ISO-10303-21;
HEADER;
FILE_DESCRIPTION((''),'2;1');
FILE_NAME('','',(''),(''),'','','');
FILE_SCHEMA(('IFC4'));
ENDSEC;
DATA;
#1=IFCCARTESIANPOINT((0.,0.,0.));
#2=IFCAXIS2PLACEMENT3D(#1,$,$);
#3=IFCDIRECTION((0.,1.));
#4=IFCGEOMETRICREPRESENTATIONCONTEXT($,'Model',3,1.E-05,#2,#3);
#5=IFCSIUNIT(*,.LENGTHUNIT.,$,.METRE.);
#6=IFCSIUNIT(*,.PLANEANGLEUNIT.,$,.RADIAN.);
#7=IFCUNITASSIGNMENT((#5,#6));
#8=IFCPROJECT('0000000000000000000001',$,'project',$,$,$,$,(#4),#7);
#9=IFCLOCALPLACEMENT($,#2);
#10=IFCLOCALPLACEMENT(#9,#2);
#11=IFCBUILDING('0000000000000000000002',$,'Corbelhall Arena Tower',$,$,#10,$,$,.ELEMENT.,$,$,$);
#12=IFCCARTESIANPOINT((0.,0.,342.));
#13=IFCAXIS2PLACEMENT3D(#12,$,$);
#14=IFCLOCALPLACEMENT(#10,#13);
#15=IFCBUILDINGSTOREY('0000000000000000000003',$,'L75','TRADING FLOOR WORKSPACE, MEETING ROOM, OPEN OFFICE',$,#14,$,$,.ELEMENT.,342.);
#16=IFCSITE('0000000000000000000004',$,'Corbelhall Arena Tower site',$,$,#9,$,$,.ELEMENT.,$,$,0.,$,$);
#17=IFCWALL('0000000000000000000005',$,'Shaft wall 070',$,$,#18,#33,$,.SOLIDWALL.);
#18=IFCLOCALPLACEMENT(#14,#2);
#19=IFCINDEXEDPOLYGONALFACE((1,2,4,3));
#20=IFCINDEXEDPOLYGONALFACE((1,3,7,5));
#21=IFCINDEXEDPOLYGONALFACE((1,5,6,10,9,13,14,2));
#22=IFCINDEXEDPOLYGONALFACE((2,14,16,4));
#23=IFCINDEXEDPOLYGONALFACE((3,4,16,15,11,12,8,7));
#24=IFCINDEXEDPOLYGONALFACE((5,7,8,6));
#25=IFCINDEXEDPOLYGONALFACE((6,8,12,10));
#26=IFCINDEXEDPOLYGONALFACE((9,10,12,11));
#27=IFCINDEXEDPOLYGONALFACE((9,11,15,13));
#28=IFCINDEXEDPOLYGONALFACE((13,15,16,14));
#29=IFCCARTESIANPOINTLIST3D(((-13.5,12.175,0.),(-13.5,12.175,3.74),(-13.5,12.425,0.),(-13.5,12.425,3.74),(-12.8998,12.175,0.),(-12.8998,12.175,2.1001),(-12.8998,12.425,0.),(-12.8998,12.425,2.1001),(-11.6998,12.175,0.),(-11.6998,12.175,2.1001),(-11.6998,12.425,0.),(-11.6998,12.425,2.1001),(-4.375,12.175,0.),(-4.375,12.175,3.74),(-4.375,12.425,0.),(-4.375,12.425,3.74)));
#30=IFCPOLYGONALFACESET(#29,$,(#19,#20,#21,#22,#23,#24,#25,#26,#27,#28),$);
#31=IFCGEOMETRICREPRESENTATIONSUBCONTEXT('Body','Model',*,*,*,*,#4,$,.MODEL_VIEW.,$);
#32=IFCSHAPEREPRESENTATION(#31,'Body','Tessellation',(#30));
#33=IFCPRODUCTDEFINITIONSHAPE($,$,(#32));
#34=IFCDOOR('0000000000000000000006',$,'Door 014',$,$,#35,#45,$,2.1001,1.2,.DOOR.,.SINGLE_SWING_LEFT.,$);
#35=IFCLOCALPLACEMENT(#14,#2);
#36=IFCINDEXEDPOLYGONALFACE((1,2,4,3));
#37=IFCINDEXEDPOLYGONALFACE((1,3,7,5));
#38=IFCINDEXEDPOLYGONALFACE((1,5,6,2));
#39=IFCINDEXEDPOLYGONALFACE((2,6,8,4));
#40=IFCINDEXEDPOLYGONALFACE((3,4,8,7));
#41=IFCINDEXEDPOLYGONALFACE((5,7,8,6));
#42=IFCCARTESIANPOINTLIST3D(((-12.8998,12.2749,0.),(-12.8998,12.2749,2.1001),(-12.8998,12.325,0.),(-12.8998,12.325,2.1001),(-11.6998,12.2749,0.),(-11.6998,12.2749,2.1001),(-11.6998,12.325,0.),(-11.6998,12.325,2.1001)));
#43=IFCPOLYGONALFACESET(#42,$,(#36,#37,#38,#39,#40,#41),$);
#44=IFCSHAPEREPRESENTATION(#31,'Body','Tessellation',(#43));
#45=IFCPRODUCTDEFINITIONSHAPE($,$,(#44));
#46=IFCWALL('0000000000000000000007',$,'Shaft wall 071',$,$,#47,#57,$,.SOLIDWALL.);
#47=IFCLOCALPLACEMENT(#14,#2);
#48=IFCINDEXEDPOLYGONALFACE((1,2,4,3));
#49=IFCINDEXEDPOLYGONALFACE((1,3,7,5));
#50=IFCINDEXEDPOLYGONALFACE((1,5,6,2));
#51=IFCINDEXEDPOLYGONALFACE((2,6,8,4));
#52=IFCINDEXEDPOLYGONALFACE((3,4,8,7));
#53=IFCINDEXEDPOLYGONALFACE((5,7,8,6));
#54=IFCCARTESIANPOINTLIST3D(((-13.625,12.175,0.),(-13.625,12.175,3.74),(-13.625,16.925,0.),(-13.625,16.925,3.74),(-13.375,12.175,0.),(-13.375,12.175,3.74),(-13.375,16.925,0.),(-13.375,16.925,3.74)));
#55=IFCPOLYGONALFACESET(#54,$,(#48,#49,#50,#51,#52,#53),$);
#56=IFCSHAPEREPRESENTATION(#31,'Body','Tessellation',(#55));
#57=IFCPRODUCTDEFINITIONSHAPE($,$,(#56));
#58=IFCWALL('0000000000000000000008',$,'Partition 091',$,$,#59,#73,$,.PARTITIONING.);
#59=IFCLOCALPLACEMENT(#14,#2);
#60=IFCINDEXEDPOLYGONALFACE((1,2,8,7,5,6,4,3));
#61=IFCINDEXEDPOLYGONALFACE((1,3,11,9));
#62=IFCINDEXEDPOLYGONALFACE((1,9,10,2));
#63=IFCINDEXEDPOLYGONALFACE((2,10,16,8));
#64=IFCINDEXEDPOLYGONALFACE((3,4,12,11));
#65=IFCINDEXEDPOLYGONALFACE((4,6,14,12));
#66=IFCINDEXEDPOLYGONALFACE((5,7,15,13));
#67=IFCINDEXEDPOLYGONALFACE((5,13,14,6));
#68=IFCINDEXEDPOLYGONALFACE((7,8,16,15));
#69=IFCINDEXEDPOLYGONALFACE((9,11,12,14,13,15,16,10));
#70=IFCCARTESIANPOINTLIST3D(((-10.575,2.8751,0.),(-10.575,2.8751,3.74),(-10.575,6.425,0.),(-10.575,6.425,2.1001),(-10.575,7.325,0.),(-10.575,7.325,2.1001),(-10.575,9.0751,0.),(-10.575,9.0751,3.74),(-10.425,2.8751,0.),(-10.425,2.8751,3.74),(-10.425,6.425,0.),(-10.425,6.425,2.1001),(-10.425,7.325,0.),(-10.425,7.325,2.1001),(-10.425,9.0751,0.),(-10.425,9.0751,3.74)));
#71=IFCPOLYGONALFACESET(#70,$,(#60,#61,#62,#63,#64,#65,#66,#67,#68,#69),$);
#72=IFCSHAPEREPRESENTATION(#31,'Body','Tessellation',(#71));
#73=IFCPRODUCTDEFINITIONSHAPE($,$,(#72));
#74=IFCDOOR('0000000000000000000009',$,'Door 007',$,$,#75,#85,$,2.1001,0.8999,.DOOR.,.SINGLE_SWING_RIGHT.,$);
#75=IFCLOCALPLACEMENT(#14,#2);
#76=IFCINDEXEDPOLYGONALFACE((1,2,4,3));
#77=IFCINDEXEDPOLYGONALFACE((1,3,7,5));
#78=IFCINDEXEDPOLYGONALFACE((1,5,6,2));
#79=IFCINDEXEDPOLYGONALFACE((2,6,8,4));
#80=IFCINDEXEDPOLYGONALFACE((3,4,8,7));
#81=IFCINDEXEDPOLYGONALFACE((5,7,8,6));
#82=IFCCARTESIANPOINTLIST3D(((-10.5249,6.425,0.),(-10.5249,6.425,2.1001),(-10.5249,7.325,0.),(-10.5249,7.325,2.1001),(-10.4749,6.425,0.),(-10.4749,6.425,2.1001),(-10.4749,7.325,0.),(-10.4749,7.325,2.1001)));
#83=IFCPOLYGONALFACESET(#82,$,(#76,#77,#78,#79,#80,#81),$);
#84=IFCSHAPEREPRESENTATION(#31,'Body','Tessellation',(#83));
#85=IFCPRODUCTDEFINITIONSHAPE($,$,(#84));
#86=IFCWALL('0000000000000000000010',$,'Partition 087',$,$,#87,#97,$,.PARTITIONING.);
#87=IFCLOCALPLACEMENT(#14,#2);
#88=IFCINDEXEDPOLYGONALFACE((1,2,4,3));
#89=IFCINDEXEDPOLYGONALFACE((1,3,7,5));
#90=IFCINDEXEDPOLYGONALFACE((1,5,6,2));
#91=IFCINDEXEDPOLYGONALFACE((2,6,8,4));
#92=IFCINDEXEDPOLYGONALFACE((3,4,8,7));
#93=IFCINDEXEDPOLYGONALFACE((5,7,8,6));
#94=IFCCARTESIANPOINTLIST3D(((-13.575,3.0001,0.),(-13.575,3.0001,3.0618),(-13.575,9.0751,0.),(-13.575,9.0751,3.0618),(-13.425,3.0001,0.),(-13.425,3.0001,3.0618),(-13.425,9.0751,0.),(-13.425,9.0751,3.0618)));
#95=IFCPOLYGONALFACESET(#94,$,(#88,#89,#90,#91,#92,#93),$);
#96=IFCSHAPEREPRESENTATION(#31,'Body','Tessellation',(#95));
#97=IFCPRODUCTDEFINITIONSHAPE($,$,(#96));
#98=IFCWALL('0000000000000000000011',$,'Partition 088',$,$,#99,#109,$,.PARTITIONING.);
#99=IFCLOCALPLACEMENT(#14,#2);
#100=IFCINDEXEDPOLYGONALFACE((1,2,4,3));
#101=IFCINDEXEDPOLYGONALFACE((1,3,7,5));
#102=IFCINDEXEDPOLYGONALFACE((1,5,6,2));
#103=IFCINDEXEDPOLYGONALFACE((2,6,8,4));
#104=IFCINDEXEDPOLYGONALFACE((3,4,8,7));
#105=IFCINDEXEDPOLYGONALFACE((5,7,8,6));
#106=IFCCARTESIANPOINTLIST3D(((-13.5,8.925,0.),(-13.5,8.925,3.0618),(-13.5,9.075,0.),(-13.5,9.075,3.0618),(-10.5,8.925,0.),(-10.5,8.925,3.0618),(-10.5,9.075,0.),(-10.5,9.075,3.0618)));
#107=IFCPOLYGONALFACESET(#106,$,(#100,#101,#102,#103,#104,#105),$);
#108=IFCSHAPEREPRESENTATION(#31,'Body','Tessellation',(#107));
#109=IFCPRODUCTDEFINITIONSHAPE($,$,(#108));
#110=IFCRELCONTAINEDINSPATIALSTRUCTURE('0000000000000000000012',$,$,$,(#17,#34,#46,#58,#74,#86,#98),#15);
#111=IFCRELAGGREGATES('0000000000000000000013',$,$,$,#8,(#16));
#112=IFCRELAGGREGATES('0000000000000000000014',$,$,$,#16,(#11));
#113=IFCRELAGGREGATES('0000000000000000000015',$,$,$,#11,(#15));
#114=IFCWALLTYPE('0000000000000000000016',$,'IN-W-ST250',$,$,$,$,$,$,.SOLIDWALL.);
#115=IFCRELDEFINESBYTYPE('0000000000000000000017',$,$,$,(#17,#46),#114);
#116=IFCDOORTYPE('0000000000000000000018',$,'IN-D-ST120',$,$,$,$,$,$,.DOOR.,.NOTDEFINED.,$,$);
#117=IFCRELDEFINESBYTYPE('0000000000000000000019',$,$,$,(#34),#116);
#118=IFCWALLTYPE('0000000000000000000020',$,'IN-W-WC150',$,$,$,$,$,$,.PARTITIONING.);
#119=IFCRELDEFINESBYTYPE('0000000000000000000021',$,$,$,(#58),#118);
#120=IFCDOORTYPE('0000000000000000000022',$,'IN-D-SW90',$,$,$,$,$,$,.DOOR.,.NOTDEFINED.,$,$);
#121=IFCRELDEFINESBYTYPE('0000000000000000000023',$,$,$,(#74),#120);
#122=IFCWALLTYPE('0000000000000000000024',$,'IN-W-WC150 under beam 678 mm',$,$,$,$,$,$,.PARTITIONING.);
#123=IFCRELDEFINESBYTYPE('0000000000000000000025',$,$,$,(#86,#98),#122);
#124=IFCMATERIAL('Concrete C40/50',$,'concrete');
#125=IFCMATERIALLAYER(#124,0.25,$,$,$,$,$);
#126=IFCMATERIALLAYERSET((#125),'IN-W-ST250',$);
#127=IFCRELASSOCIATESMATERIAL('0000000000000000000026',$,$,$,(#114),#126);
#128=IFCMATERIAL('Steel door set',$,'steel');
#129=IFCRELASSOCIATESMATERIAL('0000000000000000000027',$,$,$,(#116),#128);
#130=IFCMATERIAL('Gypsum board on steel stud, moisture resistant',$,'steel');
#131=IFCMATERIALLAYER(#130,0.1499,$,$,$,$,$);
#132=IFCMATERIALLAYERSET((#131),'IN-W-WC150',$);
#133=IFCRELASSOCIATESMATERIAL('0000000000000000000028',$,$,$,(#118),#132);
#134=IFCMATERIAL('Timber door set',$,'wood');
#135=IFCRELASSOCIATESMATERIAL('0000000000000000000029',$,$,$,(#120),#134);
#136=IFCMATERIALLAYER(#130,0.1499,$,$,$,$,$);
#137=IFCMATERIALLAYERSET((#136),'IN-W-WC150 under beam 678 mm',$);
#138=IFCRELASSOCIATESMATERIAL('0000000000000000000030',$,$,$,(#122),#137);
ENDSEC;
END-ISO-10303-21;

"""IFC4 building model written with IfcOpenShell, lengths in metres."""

from ifc_helpers import new_model, si_unit, direction, frame, frame_2d, origin, place, context, subcontext, project, spatial, rectangle, extrude, material, layer, layer_set, type_object, element, fill, save


model = new_model("IFC4")

# Units and contexts
model_context = context("Model", 3, precision=1e-05, world=origin(), true_north=direction((0.0, 1.0)))
body_context = subcontext(model_context, "Body", "Model", "MODEL_VIEW")
ifc_project = project(units=[si_unit("LENGTHUNIT", "METRE"), si_unit("PLANEANGLEUNIT", "RADIAN")], contexts=[model_context])

# Site, building, storey
site_placement = place(None, origin())
site = spatial("IfcSite", under=ifc_project, at=site_placement, Name="Corbelhall Arena Tower site", CompositionType="ELEMENT", RefElevation=0.0)
building_placement = place(site_placement, origin())
building = spatial("IfcBuilding", under=site, at=building_placement, Name="Corbelhall Arena Tower", CompositionType="ELEMENT")
storey_placement = place(building_placement, frame((0.0, 0.0, 342.0)))
storey = spatial("IfcBuildingStorey", under=building, at=storey_placement, Name="L75", Description="TRADING FLOOR WORKSPACE, MEETING ROOM, OPEN OFFICE", CompositionType="ELEMENT", Elevation=342.0)

# Shared definitions
ifc_material_1 = material(Name="Steel door set", Category="steel")

# Shared definitions
ifc_material_2 = material(Name="Concrete C40/50", Category="concrete")

# Wall, opening, door
ifc_layer_1 = layer(ifc_material_2, 0.25)
ifc_layer_set_1 = layer_set([ifc_layer_1], Name="IN-W-ST250")
wall_type_1 = type_object("IfcWallType", Name="IN-W-ST250", PredefinedType="SOLIDWALL", material=ifc_layer_set_1)
wall_1_placement = place(storey_placement, frame((-13.5, 12.3, 0.0), z_axis=(0.0, 0.0, 1.0), x_axis=(1.0, 0.0, 0.0)))
wall_1 = element("IfcWall", 1, at=wall_1_placement, inside=storey, type_object=wall_type_1, Name="Shaft wall 070", PredefinedType="SOLIDWALL", context=body_context, shape_type="SweptSolid", body=[
    extrude(rectangle(XDim=9.125, YDim=0.25, at=frame_2d((4.5625, 0.0))), origin(), (0.0, 0.0, 1.0), 3.74),
])
opening_1_placement = place(wall_1_placement, frame((0.6001, 0.0, 0.0)))
opening_1 = element("IfcOpeningElement", 2, at=opening_1_placement, cuts=wall_1, PredefinedType="OPENING", context=body_context, shape_type="SweptSolid", body=[
    extrude(rectangle(XDim=1.2, YDim=2.1001, at=frame_2d((0.6001, 1.05))), frame((0.0, 0.125, 0.0), z_axis=(0.0, -1.0, 0.0), x_axis=(1.0, 0.0, 0.0)), (0.0, 0.0, 1.0), 0.25),
])
door_type_1 = type_object("IfcDoorType", Name="IN-D-ST120", OperationType="NOTDEFINED", PredefinedType="DOOR", material=ifc_material_1)
door_1_placement = place(opening_1_placement, origin())
door_1 = element("IfcDoor", 3, at=door_1_placement, inside=storey, type_object=door_type_1, Name="Door 014", OperationType="SINGLE_SWING_LEFT", OverallHeight=2.1001, OverallWidth=1.2, PredefinedType="DOOR", context=body_context, shape_type="SweptSolid", body=[
    extrude(rectangle(XDim=1.2, YDim=2.1001, at=frame_2d((0.6001, 1.05))), frame((0.0, 0.0249, 0.0), z_axis=(0.0, -1.0, 0.0), x_axis=(1.0, 0.0, 0.0)), (0.0, 0.0, 1.0), 0.05),
])
fill(opening_1, door_1)

# Wall
wall_2_placement = place(storey_placement, frame((-13.5, 12.175, 0.0), z_axis=(0.0, 0.0, 1.0), x_axis=(0.0, 1.0, 0.0)))
element("IfcWall", 4, at=wall_2_placement, inside=storey, type_object=wall_type_1, Name="Shaft wall 071", PredefinedType="SOLIDWALL", context=body_context, shape_type="SweptSolid", body=[
    extrude(rectangle(XDim=4.75, YDim=0.25, at=frame_2d((2.375, 0.0))), origin(), (0.0, 0.0, 1.0), 3.74),
])

# Wall, opening, door
ifc_material_3 = material(Name="Gypsum board on steel stud, moisture resistant", Category="steel")
ifc_layer_2 = layer(ifc_material_3, 0.1499)
ifc_layer_set_2 = layer_set([ifc_layer_2], Name="IN-W-WC150")
wall_type_2 = type_object("IfcWallType", Name="IN-W-WC150", PredefinedType="PARTITIONING", material=ifc_layer_set_2)
wall_3_placement = place(storey_placement, frame((-10.5, 2.875, 0.0), z_axis=(0.0, 0.0, 1.0), x_axis=(0.0, 1.0, 0.0)))
wall_3 = element("IfcWall", 5, at=wall_3_placement, inside=storey, type_object=wall_type_2, Name="Partition 091", PredefinedType="PARTITIONING", context=body_context, shape_type="SweptSolid", body=[
    extrude(rectangle(XDim=6.2, YDim=0.1499, at=frame_2d((3.1001, 0.0))), origin(), (0.0, 0.0, 1.0), 3.74),
])
opening_2_placement = place(wall_3_placement, frame((3.55, 0.0, 0.0)))
opening_2 = element("IfcOpeningElement", 6, at=opening_2_placement, cuts=wall_3, PredefinedType="OPENING", context=body_context, shape_type="SweptSolid", body=[
    extrude(rectangle(XDim=0.8999, YDim=2.1001, at=frame_2d((0.45, 1.05))), frame((0.0, 0.075, 0.0), z_axis=(0.0, -1.0, 0.0), x_axis=(1.0, 0.0, 0.0)), (0.0, 0.0, 1.0), 0.1499),
])
ifc_material_4 = material(Name="Timber door set", Category="wood")
door_type_2 = type_object("IfcDoorType", Name="IN-D-SW90", OperationType="NOTDEFINED", PredefinedType="DOOR", material=ifc_material_4)
door_2_placement = place(opening_2_placement, origin())
door_2 = element("IfcDoor", 7, at=door_2_placement, inside=storey, type_object=door_type_2, Name="Door 007", OperationType="SINGLE_SWING_RIGHT", OverallHeight=2.1001, OverallWidth=0.8999, PredefinedType="DOOR", context=body_context, shape_type="SweptSolid", body=[
    extrude(rectangle(XDim=0.8999, YDim=2.1001, at=frame_2d((0.45, 1.05))), frame((0.0, 0.0249, 0.0), z_axis=(0.0, -1.0, 0.0), x_axis=(1.0, 0.0, 0.0)), (0.0, 0.0, 1.0), 0.05),
])
fill(opening_2, door_2)

# Walls
ifc_layer_3 = layer(ifc_material_3, 0.1499)
ifc_layer_set_3 = layer_set([ifc_layer_3], Name="IN-W-WC150 under beam 678 mm")
wall_type_3 = type_object("IfcWallType", Name="IN-W-WC150 under beam 678 mm", PredefinedType="PARTITIONING", material=ifc_layer_set_3)
wall_4_placement = place(storey_placement, frame((-13.5, 3.0, 0.0), z_axis=(0.0, 0.0, 1.0), x_axis=(0.0, 1.0, 0.0)))
element("IfcWall", 8, at=wall_4_placement, inside=storey, type_object=wall_type_3, Name="Partition 087", PredefinedType="PARTITIONING", context=body_context, shape_type="SweptSolid", body=[
    extrude(rectangle(XDim=6.075, YDim=0.1499, at=frame_2d((3.0376, 0.0))), origin(), (0.0, 0.0, 1.0), 3.0618),
])
wall_5_placement = place(storey_placement, frame((-13.5, 9.0, 0.0), z_axis=(0.0, 0.0, 1.0), x_axis=(1.0, 0.0, 0.0)))
element("IfcWall", 9, at=wall_5_placement, inside=storey, type_object=wall_type_3, Name="Partition 088", PredefinedType="PARTITIONING", context=body_context, shape_type="SweptSolid", body=[
    extrude(rectangle(XDim=3.0, YDim=0.1499, at=frame_2d((1.5, 0.0))), origin(), (0.0, 0.0, 1.0), 3.0618),
])

save(model, "model.ifc")
